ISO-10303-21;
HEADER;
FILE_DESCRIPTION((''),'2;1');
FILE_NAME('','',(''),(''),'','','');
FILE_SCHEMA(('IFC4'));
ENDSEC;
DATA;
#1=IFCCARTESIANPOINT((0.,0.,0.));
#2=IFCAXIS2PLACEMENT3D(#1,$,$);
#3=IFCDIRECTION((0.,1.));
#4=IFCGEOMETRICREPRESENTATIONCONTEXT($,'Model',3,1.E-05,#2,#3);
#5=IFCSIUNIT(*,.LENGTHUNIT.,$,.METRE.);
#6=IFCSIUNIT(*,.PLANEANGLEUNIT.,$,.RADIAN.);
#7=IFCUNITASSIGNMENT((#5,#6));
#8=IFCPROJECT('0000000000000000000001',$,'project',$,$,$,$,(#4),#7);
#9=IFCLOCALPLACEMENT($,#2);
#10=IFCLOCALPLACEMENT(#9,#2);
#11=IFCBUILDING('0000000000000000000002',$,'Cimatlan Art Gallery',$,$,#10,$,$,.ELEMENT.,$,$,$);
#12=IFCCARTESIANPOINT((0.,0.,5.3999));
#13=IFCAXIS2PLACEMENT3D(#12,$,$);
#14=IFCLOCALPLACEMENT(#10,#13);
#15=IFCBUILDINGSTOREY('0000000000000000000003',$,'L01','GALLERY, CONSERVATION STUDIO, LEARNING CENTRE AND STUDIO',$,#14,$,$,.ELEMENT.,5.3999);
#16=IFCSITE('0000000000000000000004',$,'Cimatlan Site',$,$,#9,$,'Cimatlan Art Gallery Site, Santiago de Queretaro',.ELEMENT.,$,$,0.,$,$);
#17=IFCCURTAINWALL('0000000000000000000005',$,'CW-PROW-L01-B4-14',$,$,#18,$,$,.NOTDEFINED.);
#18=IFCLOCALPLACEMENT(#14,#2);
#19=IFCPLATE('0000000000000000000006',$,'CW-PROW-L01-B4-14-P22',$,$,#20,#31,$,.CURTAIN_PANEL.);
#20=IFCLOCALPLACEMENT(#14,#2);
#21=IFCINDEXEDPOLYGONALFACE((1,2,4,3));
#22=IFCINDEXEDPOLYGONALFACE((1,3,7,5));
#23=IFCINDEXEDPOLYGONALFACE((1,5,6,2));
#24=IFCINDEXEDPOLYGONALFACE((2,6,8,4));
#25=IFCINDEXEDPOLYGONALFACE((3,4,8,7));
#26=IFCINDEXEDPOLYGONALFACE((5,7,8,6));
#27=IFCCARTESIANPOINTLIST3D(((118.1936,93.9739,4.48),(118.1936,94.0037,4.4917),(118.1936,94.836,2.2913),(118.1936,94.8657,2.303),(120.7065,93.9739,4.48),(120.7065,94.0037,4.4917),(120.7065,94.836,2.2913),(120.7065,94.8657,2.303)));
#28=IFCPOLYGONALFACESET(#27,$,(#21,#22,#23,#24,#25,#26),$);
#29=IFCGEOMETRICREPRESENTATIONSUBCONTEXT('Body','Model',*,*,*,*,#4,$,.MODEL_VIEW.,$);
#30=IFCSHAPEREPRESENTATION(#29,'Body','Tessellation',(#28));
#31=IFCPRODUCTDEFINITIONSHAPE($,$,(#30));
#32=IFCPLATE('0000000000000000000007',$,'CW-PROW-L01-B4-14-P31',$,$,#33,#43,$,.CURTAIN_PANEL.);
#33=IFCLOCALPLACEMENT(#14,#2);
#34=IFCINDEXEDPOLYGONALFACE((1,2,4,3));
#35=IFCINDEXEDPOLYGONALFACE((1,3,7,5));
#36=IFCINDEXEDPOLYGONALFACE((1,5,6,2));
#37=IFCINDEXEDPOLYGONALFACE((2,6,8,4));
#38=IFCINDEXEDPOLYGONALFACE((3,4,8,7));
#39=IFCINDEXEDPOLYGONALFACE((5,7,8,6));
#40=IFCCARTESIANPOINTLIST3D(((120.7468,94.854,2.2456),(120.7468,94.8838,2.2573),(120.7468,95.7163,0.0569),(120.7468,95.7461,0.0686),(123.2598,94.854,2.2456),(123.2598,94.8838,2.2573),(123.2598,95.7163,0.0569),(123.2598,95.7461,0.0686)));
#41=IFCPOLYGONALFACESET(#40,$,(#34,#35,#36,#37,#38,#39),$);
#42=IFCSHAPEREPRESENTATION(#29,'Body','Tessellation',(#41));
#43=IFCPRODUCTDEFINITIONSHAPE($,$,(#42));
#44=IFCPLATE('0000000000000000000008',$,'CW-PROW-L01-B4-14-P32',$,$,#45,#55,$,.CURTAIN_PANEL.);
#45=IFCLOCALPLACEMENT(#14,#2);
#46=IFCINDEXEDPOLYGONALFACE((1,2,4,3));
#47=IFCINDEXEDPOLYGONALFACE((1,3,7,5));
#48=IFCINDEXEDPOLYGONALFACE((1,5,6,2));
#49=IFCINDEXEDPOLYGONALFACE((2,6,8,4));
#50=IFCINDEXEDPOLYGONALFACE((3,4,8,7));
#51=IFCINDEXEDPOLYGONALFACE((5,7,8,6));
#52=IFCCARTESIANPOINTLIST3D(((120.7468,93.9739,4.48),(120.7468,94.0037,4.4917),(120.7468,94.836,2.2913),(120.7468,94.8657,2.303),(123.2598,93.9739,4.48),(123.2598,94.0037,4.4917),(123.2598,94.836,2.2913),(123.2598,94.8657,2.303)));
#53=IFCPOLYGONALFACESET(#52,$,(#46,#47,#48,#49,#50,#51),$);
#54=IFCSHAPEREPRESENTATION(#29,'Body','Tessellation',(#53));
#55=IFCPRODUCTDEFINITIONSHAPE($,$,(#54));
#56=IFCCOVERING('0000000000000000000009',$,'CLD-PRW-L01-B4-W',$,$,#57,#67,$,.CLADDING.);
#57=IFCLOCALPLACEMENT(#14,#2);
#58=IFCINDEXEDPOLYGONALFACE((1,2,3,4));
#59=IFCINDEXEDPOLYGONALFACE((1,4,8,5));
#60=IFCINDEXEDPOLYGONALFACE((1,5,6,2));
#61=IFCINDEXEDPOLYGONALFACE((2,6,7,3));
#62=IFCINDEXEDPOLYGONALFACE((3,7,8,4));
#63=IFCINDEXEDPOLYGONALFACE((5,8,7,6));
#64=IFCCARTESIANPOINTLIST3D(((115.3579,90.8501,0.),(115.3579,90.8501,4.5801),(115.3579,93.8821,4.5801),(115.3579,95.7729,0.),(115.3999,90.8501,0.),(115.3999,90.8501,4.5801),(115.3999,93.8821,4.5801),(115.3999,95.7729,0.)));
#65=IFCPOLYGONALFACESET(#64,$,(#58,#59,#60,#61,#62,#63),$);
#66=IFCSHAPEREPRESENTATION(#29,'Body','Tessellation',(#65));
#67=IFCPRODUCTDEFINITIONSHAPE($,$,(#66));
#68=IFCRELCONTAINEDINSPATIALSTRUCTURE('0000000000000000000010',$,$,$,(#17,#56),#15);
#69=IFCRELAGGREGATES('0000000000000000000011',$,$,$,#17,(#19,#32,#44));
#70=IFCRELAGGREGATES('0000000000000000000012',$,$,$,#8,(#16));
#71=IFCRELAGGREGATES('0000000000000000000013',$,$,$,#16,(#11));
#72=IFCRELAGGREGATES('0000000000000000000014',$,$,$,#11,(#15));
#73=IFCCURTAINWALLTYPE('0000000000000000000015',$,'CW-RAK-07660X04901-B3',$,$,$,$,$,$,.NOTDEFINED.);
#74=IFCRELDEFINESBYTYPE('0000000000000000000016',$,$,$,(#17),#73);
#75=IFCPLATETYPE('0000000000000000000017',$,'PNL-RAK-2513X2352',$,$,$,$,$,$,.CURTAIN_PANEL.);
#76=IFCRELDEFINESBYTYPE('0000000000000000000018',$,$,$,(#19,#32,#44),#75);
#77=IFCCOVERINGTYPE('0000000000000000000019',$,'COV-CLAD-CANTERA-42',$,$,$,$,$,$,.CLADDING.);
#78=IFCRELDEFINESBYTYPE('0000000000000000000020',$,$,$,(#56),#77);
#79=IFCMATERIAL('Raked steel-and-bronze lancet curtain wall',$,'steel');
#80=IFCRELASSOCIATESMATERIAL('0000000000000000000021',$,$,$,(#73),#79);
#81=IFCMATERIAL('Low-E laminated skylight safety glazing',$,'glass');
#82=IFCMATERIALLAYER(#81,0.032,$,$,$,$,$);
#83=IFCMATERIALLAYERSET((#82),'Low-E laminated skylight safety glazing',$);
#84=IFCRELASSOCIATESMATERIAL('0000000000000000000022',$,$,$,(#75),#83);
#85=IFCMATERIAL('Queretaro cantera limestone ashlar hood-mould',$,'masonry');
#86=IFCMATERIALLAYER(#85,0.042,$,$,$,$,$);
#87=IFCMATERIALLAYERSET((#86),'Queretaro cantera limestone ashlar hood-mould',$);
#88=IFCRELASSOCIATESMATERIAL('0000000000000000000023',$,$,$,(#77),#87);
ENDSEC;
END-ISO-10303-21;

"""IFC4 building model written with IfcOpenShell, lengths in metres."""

from ifc_helpers import new_model, si_unit, direction, frame, origin, place, context, subcontext, project, spatial, polyline, outline, extrude, material, layer, layer_set, type_object, element, aggregate, save


model = new_model("IFC4")

# Units and contexts
model_context = context("Model", 3, precision=1e-05, world=origin(), true_north=direction((0.0, 1.0)))
body_context = subcontext(model_context, "Body", "Model", "MODEL_VIEW")
ifc_project = project(units=[si_unit("LENGTHUNIT", "METRE"), si_unit("PLANEANGLEUNIT", "RADIAN")], contexts=[model_context])

# Site, building, storey
site_placement = place(None, origin())
site = spatial("IfcSite", under=ifc_project, at=site_placement, Name="Cimatlan Site", LongName="Cimatlan Art Gallery Site, Santiago de Queretaro", CompositionType="ELEMENT", RefElevation=0.0)
building_placement = place(site_placement, origin())
building = spatial("IfcBuilding", under=site, at=building_placement, Name="Cimatlan Art Gallery", CompositionType="ELEMENT")
storey_placement = place(building_placement, frame((0.0, 0.0, 5.3999)))
storey = spatial("IfcBuildingStorey", under=building, at=storey_placement, Name="L01", Description="GALLERY, CONSERVATION STUDIO, LEARNING CENTRE AND STUDIO", CompositionType="ELEMENT", Elevation=5.3999)

# Curtain wall
ifc_material_1 = material(Name="Raked steel-and-bronze lancet curtain wall", Category="steel")
curtain_wall_type_1 = type_object("IfcCurtainWallType", Name="CW-RAK-07660X04901-B3", PredefinedType="NOTDEFINED", material=ifc_material_1)
curtain_wall_1_placement = place(storey_placement, origin())
curtain_wall_1 = element("IfcCurtainWall", 1, at=curtain_wall_1_placement, inside=storey, type_object=curtain_wall_type_1, Name="CW-PROW-L01-B4-14", PredefinedType="NOTDEFINED")

# Plates
ifc_material_2 = material(Name="Low-E laminated skylight safety glazing", Category="glass")
ifc_layer_1 = layer(ifc_material_2, 0.032)
ifc_layer_set_1 = layer_set([ifc_layer_1], Name="Low-E laminated skylight safety glazing")
plate_type_1 = type_object("IfcPlateType", Name="PNL-RAK-2513X2352", PredefinedType="CURTAIN_PANEL", material=ifc_layer_set_1)
plate_1_placement = place(storey_placement, frame((118.1936, 94.8657, 2.303), z_axis=(0.0, 0.930432, 0.366465), x_axis=(1.0, 0.0, 0.0)))
plate_1 = element("IfcPlate", 2, at=plate_1_placement, type_object=plate_type_1, Name="CW-PROW-L01-B4-14-P22", PredefinedType="CURTAIN_PANEL", context=body_context, shape_type="SweptSolid", body=[
    extrude(outline(polyline([(0.0, 0.0), (2.5129, 0.0), (2.5129, -2.3524), (0.0, -2.3524), (0.0, 0.0)])), origin(), (0.0, 0.0, -1.0), 0.032),
])
plate_2_placement = place(storey_placement, frame((120.7468, 95.7461, 0.0686), z_axis=(0.0, 0.930397, 0.366554), x_axis=(1.0, 0.0, 0.0)))
plate_2 = element("IfcPlate", 3, at=plate_2_placement, type_object=plate_type_1, Name="CW-PROW-L01-B4-14-P31", PredefinedType="CURTAIN_PANEL", context=body_context, shape_type="SweptSolid", body=[
    extrude(outline(polyline([(0.0, 0.0), (2.5129, 0.0), (2.5129, -2.3525), (0.0, -2.3525), (0.0, 0.0)])), origin(), (0.0, 0.0, -1.0), 0.032),
])
plate_3_placement = place(storey_placement, frame((120.7468, 94.8657, 2.303), z_axis=(0.0, 0.930432, 0.366465), x_axis=(1.0, 0.0, 0.0)))
plate_3 = element("IfcPlate", 4, at=plate_3_placement, type_object=plate_type_1, Name="CW-PROW-L01-B4-14-P32", PredefinedType="CURTAIN_PANEL", context=body_context, shape_type="SweptSolid", body=[
    extrude(outline(polyline([(0.0, 0.0), (2.5129, 0.0), (2.5129, -2.3524), (0.0, -2.3524), (0.0, 0.0)])), origin(), (0.0, 0.0, -1.0), 0.032),
])
aggregate(curtain_wall_1, [plate_1, plate_2, plate_3])

# Covering
ifc_material_3 = material(Name="Queretaro cantera limestone ashlar hood-mould", Category="masonry")
ifc_layer_2 = layer(ifc_material_3, 0.042)
ifc_layer_set_2 = layer_set([ifc_layer_2], Name="Queretaro cantera limestone ashlar hood-mould")
covering_type = type_object("IfcCoveringType", Name="COV-CLAD-CANTERA-42", PredefinedType="CLADDING", material=ifc_layer_set_2)
covering_placement = place(storey_placement, frame((115.3999, 90.8501, 0.0), z_axis=(1.0, 0.0, 0.0), x_axis=(0.0, 1.0, 0.0)))
element("IfcCovering", 5, at=covering_placement, inside=storey, type_object=covering_type, Name="CLD-PRW-L01-B4-W", PredefinedType="CLADDING", context=body_context, shape_type="SweptSolid", body=[
    extrude(outline(polyline([(0.0, 0.0), (4.9229, 0.0), (3.032, 4.5801), (0.0, 4.5801), (0.0, 0.0)])), origin(), (0.0, 0.0, -1.0), 0.042),
])

save(model, "model.ifc")
